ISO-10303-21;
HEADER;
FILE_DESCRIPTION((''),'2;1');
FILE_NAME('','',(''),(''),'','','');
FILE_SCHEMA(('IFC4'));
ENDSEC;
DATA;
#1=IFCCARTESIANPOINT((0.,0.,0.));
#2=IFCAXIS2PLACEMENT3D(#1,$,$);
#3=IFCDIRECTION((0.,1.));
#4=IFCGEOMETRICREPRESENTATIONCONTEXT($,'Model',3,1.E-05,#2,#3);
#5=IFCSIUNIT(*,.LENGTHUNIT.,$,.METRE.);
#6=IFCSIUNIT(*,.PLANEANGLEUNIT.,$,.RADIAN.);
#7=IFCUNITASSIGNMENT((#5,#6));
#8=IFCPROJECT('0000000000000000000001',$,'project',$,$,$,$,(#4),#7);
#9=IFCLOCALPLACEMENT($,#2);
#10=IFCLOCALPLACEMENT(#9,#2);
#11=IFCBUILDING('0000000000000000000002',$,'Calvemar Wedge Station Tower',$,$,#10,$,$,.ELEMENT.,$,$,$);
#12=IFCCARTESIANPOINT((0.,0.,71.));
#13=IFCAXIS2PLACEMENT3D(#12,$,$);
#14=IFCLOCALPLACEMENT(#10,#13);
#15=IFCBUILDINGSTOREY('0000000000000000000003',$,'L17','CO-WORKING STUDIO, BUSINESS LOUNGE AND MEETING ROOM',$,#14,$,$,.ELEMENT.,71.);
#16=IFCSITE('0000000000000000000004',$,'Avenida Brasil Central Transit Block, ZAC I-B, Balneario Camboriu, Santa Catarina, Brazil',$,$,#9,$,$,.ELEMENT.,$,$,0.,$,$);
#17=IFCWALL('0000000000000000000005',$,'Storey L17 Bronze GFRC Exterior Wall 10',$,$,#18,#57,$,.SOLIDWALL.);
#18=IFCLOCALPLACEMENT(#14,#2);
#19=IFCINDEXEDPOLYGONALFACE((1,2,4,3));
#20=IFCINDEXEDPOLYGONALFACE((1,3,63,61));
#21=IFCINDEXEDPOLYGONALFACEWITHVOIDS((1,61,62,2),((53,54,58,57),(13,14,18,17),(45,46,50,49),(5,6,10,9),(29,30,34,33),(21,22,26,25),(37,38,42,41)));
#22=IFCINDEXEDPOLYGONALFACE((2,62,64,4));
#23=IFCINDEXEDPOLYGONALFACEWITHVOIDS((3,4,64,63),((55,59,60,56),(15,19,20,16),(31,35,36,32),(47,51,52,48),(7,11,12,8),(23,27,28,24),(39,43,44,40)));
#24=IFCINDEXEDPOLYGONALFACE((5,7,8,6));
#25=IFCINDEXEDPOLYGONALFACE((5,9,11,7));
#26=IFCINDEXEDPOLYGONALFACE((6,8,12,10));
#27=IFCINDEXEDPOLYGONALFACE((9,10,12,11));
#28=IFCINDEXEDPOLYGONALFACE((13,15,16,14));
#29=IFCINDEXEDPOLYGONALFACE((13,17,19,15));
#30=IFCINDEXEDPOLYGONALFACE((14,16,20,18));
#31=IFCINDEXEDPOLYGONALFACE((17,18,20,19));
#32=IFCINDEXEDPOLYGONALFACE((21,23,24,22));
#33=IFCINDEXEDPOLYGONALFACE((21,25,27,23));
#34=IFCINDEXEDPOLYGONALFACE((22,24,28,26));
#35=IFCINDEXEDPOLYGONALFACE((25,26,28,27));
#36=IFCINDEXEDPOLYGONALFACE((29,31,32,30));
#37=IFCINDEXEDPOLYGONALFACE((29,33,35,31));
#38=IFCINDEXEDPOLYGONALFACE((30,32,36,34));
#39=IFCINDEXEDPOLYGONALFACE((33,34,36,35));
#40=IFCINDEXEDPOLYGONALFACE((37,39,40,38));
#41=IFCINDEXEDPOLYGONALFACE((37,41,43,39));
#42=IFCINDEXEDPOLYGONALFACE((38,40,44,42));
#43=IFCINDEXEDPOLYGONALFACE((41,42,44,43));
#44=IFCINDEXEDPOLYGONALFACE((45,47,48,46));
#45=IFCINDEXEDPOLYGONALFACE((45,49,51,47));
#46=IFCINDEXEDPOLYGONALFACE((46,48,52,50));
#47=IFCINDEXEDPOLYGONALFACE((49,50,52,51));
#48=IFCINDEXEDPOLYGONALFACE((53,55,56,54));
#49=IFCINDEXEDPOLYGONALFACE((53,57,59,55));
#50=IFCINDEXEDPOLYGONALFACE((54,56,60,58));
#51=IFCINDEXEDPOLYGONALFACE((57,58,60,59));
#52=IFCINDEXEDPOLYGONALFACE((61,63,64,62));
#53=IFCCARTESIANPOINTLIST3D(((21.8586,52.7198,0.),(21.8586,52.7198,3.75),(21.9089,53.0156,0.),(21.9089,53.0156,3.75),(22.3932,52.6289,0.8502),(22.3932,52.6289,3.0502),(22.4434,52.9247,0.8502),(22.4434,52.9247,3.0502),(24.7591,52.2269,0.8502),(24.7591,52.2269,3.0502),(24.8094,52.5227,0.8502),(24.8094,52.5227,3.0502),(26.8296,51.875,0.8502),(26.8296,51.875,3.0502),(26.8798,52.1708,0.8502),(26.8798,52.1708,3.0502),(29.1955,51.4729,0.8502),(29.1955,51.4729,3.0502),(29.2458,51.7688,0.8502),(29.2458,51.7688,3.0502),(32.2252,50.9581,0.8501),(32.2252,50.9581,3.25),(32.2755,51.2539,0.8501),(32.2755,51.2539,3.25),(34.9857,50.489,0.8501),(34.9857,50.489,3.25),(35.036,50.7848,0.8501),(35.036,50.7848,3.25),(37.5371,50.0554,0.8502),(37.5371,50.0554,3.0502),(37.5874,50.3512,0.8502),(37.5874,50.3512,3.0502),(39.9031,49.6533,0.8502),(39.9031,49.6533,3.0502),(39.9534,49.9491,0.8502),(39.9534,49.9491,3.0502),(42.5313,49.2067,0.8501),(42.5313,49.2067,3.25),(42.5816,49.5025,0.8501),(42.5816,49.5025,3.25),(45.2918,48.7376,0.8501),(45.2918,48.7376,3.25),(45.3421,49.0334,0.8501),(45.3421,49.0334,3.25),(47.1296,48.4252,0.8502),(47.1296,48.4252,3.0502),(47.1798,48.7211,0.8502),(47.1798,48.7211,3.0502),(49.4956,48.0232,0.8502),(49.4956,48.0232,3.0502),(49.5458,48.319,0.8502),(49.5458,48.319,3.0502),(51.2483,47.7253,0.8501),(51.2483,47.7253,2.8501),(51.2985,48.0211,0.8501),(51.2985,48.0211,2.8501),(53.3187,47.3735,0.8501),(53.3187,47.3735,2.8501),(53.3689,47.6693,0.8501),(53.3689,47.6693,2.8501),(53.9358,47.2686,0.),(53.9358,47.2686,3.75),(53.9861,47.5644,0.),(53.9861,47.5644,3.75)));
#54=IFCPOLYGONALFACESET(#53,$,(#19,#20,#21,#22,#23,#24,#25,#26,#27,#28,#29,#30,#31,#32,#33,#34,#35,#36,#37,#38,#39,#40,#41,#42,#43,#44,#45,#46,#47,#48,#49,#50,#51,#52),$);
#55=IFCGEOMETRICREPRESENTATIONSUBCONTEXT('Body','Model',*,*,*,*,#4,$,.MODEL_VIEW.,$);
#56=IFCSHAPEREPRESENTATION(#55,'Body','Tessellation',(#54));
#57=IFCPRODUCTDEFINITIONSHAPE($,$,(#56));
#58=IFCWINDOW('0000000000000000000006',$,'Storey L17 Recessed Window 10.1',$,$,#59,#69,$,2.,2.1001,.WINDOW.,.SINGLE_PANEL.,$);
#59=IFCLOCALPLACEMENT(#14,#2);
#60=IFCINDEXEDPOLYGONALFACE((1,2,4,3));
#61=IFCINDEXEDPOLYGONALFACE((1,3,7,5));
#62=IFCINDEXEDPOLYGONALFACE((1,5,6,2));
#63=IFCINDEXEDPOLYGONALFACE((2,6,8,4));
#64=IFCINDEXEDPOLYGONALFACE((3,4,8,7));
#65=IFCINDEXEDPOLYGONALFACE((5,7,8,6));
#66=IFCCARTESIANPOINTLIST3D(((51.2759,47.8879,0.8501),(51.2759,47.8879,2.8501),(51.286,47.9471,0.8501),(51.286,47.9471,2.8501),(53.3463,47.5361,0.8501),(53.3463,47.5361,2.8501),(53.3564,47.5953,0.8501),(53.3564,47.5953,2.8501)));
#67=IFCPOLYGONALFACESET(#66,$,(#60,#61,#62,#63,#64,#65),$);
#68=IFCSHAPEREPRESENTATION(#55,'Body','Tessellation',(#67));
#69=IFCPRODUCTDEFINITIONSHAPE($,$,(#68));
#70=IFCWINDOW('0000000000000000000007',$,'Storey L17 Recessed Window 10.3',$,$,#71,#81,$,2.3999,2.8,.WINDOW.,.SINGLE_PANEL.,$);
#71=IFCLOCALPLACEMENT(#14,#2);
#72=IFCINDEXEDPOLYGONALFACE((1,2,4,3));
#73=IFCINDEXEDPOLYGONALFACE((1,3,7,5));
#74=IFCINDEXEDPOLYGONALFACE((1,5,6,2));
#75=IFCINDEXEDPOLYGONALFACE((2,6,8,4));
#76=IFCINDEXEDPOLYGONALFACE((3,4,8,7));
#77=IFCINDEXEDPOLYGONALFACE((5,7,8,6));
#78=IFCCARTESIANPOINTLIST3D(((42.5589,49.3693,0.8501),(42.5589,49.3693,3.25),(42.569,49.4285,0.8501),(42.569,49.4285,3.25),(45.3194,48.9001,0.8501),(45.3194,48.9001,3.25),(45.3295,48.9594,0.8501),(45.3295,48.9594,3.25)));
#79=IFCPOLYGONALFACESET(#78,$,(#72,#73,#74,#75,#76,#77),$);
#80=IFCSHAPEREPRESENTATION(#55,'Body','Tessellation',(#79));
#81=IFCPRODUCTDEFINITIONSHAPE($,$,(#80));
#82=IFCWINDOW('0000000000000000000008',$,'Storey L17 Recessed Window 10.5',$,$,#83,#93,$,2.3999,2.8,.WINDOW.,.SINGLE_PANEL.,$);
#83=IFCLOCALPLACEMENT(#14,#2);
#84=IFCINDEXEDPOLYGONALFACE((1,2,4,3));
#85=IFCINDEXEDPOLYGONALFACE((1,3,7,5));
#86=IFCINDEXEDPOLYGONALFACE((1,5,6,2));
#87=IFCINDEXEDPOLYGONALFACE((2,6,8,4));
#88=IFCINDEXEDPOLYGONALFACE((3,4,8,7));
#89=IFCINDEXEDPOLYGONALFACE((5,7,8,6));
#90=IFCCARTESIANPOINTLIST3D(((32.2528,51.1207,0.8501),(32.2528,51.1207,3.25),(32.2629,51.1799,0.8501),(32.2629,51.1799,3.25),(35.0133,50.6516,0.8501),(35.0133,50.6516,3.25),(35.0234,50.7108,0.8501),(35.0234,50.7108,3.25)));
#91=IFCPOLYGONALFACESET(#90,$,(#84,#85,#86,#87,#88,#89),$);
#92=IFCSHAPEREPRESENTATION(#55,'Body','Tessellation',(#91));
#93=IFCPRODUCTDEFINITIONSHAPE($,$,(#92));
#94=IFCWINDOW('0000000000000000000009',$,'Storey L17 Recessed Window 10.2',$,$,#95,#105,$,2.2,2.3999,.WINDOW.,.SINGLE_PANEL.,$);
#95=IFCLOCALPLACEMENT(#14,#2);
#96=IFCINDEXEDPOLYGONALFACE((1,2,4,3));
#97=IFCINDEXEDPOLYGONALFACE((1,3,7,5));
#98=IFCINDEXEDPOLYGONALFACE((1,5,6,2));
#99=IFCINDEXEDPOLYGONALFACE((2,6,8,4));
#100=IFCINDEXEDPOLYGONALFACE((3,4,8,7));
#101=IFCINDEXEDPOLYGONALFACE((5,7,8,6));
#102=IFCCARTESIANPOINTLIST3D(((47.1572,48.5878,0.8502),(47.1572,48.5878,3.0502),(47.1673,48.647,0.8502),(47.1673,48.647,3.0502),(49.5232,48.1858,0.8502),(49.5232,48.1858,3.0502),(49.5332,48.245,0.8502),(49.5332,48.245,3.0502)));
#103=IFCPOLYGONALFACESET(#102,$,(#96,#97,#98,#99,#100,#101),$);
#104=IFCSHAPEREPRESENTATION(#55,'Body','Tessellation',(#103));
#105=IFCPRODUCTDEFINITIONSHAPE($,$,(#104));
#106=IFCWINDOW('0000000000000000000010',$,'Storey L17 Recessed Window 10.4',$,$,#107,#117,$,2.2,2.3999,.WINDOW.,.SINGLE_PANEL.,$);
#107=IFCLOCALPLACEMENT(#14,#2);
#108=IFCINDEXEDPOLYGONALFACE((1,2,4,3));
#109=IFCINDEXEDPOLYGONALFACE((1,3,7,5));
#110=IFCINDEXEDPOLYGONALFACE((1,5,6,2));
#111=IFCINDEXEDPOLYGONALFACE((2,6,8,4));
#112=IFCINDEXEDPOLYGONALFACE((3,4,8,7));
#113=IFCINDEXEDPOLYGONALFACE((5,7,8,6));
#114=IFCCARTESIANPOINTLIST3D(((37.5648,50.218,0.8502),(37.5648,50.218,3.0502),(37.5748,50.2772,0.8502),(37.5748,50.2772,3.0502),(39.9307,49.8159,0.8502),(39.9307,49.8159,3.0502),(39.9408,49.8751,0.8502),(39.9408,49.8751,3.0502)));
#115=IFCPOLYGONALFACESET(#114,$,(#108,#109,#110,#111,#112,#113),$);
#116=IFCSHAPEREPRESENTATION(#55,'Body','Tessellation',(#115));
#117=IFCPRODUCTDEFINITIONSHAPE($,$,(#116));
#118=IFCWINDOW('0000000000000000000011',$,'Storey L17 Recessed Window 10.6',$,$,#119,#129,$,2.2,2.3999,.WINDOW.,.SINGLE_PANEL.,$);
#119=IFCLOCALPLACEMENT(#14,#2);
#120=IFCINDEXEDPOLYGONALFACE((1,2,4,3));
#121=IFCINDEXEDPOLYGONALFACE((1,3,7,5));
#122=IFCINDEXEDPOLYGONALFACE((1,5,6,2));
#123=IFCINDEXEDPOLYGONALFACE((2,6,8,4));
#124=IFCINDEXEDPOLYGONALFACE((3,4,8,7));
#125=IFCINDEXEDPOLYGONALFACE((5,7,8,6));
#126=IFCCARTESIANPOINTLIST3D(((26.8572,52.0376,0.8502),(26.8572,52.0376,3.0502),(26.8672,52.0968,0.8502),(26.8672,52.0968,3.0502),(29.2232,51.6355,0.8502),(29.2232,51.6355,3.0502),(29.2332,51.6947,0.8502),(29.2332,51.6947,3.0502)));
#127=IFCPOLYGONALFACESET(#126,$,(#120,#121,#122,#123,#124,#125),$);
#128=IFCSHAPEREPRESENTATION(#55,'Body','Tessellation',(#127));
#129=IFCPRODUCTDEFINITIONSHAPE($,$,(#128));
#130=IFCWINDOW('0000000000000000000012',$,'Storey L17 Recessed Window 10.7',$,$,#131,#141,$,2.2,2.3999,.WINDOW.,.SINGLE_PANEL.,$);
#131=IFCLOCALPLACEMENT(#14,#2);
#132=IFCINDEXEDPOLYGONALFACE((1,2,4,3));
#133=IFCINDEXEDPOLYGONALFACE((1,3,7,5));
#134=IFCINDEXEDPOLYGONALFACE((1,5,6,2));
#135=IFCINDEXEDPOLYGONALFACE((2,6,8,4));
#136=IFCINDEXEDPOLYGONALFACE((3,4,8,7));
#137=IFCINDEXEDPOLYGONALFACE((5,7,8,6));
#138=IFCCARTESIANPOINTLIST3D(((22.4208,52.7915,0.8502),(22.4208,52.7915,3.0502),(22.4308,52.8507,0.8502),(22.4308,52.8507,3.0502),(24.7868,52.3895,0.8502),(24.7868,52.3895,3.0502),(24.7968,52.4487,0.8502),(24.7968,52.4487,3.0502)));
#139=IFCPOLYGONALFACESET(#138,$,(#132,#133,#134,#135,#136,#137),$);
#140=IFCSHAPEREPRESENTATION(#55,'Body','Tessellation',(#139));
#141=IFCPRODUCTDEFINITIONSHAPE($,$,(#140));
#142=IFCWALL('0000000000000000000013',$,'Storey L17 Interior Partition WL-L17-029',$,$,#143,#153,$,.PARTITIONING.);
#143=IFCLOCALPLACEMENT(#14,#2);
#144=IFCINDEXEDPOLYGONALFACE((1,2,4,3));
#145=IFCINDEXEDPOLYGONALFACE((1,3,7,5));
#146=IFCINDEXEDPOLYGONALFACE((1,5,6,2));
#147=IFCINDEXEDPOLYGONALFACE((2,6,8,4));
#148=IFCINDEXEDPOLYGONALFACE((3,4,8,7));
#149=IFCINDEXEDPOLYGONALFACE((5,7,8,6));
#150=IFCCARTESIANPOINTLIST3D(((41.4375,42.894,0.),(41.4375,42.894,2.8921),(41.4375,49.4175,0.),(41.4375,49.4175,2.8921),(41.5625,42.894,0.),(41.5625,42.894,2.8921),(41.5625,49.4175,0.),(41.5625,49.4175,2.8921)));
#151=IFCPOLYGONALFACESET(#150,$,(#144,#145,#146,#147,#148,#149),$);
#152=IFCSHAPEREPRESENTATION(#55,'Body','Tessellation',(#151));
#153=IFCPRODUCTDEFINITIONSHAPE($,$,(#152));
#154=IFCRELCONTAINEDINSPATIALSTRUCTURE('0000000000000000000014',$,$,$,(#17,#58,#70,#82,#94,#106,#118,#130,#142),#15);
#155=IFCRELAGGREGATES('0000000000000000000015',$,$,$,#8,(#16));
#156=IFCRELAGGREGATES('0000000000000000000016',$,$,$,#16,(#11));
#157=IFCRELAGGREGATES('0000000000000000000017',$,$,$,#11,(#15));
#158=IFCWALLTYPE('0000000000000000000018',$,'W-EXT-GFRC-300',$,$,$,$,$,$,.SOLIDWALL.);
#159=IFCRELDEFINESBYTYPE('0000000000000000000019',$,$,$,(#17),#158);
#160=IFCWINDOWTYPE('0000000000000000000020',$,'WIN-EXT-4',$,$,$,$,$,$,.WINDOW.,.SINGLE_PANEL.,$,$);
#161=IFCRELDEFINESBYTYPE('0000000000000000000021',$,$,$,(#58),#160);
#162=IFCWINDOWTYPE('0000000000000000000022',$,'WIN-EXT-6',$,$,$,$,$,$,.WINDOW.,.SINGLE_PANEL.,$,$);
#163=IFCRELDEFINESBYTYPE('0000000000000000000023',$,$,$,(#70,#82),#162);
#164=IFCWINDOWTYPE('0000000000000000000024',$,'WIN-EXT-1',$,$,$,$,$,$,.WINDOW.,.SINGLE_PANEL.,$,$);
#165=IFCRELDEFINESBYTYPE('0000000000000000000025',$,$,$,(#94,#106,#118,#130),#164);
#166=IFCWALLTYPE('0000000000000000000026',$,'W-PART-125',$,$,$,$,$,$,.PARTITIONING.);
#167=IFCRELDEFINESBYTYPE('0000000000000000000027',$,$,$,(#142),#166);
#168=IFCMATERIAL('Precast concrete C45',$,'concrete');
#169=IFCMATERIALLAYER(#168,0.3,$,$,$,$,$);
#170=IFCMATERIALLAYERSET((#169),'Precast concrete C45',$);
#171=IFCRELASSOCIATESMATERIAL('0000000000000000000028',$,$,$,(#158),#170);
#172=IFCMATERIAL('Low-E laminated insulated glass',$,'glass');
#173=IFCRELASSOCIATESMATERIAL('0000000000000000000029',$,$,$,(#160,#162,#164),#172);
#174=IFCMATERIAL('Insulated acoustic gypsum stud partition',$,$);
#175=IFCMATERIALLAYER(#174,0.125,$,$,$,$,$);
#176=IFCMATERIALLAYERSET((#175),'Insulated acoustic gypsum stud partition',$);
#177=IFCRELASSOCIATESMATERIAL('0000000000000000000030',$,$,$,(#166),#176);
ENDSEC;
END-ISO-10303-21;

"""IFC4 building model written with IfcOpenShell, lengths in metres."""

from ifc_helpers import new_model, si_unit, direction, frame, frame_2d, origin, place, context, subcontext, project, spatial, rectangle, extrude, source, transform, mapped, material, layer, layer_set, type_object, element, fill, save


model = new_model("IFC4")

# Units and contexts
model_context = context("Model", 3, precision=1e-05, world=origin(), true_north=direction((0.0, 1.0)))
body_context = subcontext(model_context, "Body", "Model", "MODEL_VIEW")
ifc_project = project(units=[si_unit("LENGTHUNIT", "METRE"), si_unit("PLANEANGLEUNIT", "RADIAN")], contexts=[model_context])

# Site, building, storey
site_placement = place(None, origin())
site = spatial("IfcSite", under=ifc_project, at=site_placement, Name="Avenida Brasil Central Transit Block, ZAC I-B, Balneario Camboriu, Santa Catarina, Brazil", CompositionType="ELEMENT", RefElevation=0.0)
building_placement = place(site_placement, origin())
building = spatial("IfcBuilding", under=site, at=building_placement, Name="Calvemar Wedge Station Tower", CompositionType="ELEMENT")
storey_placement = place(building_placement, frame((0.0, 0.0, 71.0)))
storey = spatial("IfcBuildingStorey", under=building, at=storey_placement, Name="L17", Description="CO-WORKING STUDIO, BUSINESS LOUNGE AND MEETING ROOM", CompositionType="ELEMENT", Elevation=71.0)

# Shared definitions
ifc_material_1 = material(Name="Precast concrete C45", Category="concrete")
ifc_layer_1 = layer(ifc_material_1, 0.3)
ifc_layer_set_1 = layer_set([ifc_layer_1], Name="Precast concrete C45")
wall_type_1 = type_object("IfcWallType", Name="W-EXT-GFRC-300", PredefinedType="SOLIDWALL", material=ifc_layer_set_1)
ifc_material_2 = material(Name="Low-E laminated insulated glass", Category="glass")

# Wall, openings, windows
wall_1_placement = place(storey_placement, frame((53.9609, 47.4165, 0.0), z_axis=(0.0, 0.0, 1.0), x_axis=(-0.985866, 0.167537, 0.0)))
wall_1 = element("IfcWall", 1, at=wall_1_placement, inside=storey, type_object=wall_type_1, Name="Storey L17 Bronze GFRC Exterior Wall 10", PredefinedType="SOLIDWALL", context=body_context, shape_type="SweptSolid", body=[
    extrude(rectangle(XDim=32.5371, YDim=0.3, at=frame_2d((16.2686, 0.0))), origin(), (0.0, 0.0, 1.0), 3.75),
])
shared_shape_1 = source(origin(), body_context, "Body", "SweptSolid", [
    extrude(rectangle(XDim=2.1001, YDim=2.0, at=frame_2d((1.05, 1.0))), frame((0.0, 0.1602, 0.0), z_axis=(0.0, -1.0, 0.0), x_axis=(1.0, 0.0, 0.0)), (0.0, 0.0, 1.0), 0.3201),
])
opening_1_placement = place(wall_1_placement, frame((0.626, 0.0, 0.8501)))
opening_1 = element("IfcOpeningElement", 2, at=opening_1_placement, cuts=wall_1, PredefinedType="OPENING", context=body_context, shape_type="MappedRepresentation", body=[
    mapped(shared_shape_1, transform((0.0, 0.0, 0.0), scale=1.0)),
])
shared_shape_2 = source(origin(), body_context, "Body", "SweptSolid", [
    extrude(rectangle(XDim=2.3999, YDim=2.2, at=frame_2d((1.2, 1.1001))), frame((0.0, 0.1602, 0.0), z_axis=(0.0, -1.0, 0.0), x_axis=(1.0, 0.0, 0.0)), (0.0, 0.0, 1.0), 0.3201),
])
opening_2_placement = place(wall_1_placement, frame((4.5039, 0.0, 0.8501)))
opening_2 = element("IfcOpeningElement", 3, at=opening_2_placement, cuts=wall_1, PredefinedType="OPENING", context=body_context, shape_type="MappedRepresentation", body=[
    mapped(shared_shape_2, transform((0.0, 0.0, 0.0), scale=1.0)),
])
shared_shape_3 = source(origin(), body_context, "Body", "SweptSolid", [
    extrude(rectangle(XDim=2.8, YDim=2.3999, at=frame_2d((1.3999, 1.2))), frame((0.0, 0.1602, 0.0), z_axis=(0.0, -1.0, 0.0), x_axis=(1.0, 0.0, 0.0)), (0.0, 0.0, 1.0), 0.3201),
])
opening_3_placement = place(wall_1_placement, frame((8.7681, 0.0, 0.8501)))
opening_3 = element("IfcOpeningElement", 4, at=opening_3_placement, cuts=wall_1, PredefinedType="OPENING", context=body_context, shape_type="MappedRepresentation", body=[
    mapped(shared_shape_3, transform((0.0, 0.0, 0.0), scale=1.0)),
])
opening_4_placement = place(wall_1_placement, frame((14.2339, 0.0, 0.8501)))
opening_4 = element("IfcOpeningElement", 5, at=opening_4_placement, cuts=wall_1, PredefinedType="OPENING", context=body_context, shape_type="MappedRepresentation", body=[
    mapped(shared_shape_2, transform((0.0, 0.0, 0.0), scale=1.0)),
])
opening_5_placement = place(wall_1_placement, frame((19.2219, 0.0, 0.8501)))
opening_5 = element("IfcOpeningElement", 6, at=opening_5_placement, cuts=wall_1, PredefinedType="OPENING", context=body_context, shape_type="MappedRepresentation", body=[
    mapped(shared_shape_3, transform((0.0, 0.0, 0.0), scale=1.0)),
])
opening_6_placement = place(wall_1_placement, frame((25.095, 0.0, 0.8501)))
opening_6 = element("IfcOpeningElement", 7, at=opening_6_placement, cuts=wall_1, PredefinedType="OPENING", context=body_context, shape_type="MappedRepresentation", body=[
    mapped(shared_shape_2, transform((0.0, 0.0, 0.0), scale=1.0)),
])
opening_7_placement = place(wall_1_placement, frame((29.595, 0.0, 0.8501)))
opening_7 = element("IfcOpeningElement", 8, at=opening_7_placement, cuts=wall_1, PredefinedType="OPENING", context=body_context, shape_type="MappedRepresentation", body=[
    mapped(shared_shape_2, transform((0.0, 0.0, 0.0), scale=1.0)),
])
window_type_1 = type_object("IfcWindowType", Name="WIN-EXT-4", PartitioningType="SINGLE_PANEL", PredefinedType="WINDOW", material=ifc_material_2)
shared_shape_4 = source(origin(), body_context, "Body", "SweptSolid", [
    extrude(rectangle(XDim=2.1001, YDim=2.0, at=frame_2d((1.05, 1.0))), frame((0.0, -0.0149, 0.0), z_axis=(0.0, -1.0, 0.0), x_axis=(1.0, 0.0, 0.0)), (0.0, 0.0, 1.0), 0.0601),
])
window_1_placement = place(opening_1_placement, origin())
window_1 = element("IfcWindow", 9, at=window_1_placement, inside=storey, type_object=window_type_1, Name="Storey L17 Recessed Window 10.1", OverallHeight=2.0, OverallWidth=2.1001, PartitioningType="SINGLE_PANEL", PredefinedType="WINDOW", context=body_context, shape_type="MappedRepresentation", body=[
    mapped(shared_shape_4, transform((0.0, 0.0, 0.0), scale=1.0)),
])
fill(opening_1, window_1)
window_type_2 = type_object("IfcWindowType", Name="WIN-EXT-6", PartitioningType="SINGLE_PANEL", PredefinedType="WINDOW", material=ifc_material_2)
shared_shape_5 = source(origin(), body_context, "Body", "SweptSolid", [
    extrude(rectangle(XDim=2.8, YDim=2.3999, at=frame_2d((1.3999, 1.2))), frame((0.0, -0.0149, 0.0), z_axis=(0.0, -1.0, 0.0), x_axis=(1.0, 0.0, 0.0)), (0.0, 0.0, 1.0), 0.0601),
])
window_2_placement = place(opening_3_placement, origin())
window_2 = element("IfcWindow", 10, at=window_2_placement, inside=storey, type_object=window_type_2, Name="Storey L17 Recessed Window 10.3", OverallHeight=2.3999, OverallWidth=2.8, PartitioningType="SINGLE_PANEL", PredefinedType="WINDOW", context=body_context, shape_type="MappedRepresentation", body=[
    mapped(shared_shape_5, transform((0.0, 0.0, 0.0), scale=1.0)),
])
fill(opening_3, window_2)
window_3_placement = place(opening_5_placement, origin())
window_3 = element("IfcWindow", 11, at=window_3_placement, inside=storey, type_object=window_type_2, Name="Storey L17 Recessed Window 10.5", OverallHeight=2.3999, OverallWidth=2.8, PartitioningType="SINGLE_PANEL", PredefinedType="WINDOW", context=body_context, shape_type="MappedRepresentation", body=[
    mapped(shared_shape_5, transform((0.0, 0.0, 0.0), scale=1.0)),
])
fill(opening_5, window_3)
window_type_3 = type_object("IfcWindowType", Name="WIN-EXT-1", PartitioningType="SINGLE_PANEL", PredefinedType="WINDOW", material=ifc_material_2)
shared_shape_6 = source(origin(), body_context, "Body", "SweptSolid", [
    extrude(rectangle(XDim=2.3999, YDim=2.2, at=frame_2d((1.2, 1.1001))), frame((0.0, -0.0149, 0.0), z_axis=(0.0, -1.0, 0.0), x_axis=(1.0, 0.0, 0.0)), (0.0, 0.0, 1.0), 0.0601),
])
window_4_placement = place(opening_2_placement, origin())
window_4 = element("IfcWindow", 12, at=window_4_placement, inside=storey, type_object=window_type_3, Name="Storey L17 Recessed Window 10.2", OverallHeight=2.2, OverallWidth=2.3999, PartitioningType="SINGLE_PANEL", PredefinedType="WINDOW", context=body_context, shape_type="MappedRepresentation", body=[
    mapped(shared_shape_6, transform((0.0, 0.0, 0.0), scale=1.0)),
])
fill(opening_2, window_4)
window_5_placement = place(opening_4_placement, origin())
window_5 = element("IfcWindow", 13, at=window_5_placement, inside=storey, type_object=window_type_3, Name="Storey L17 Recessed Window 10.4", OverallHeight=2.2, OverallWidth=2.3999, PartitioningType="SINGLE_PANEL", PredefinedType="WINDOW", context=body_context, shape_type="MappedRepresentation", body=[
    mapped(shared_shape_6, transform((0.0, 0.0, 0.0), scale=1.0)),
])
fill(opening_4, window_5)
window_6_placement = place(opening_6_placement, origin())
window_6 = element("IfcWindow", 14, at=window_6_placement, inside=storey, type_object=window_type_3, Name="Storey L17 Recessed Window 10.6", OverallHeight=2.2, OverallWidth=2.3999, PartitioningType="SINGLE_PANEL", PredefinedType="WINDOW", context=body_context, shape_type="MappedRepresentation", body=[
    mapped(shared_shape_6, transform((0.0, 0.0, 0.0), scale=1.0)),
])
fill(opening_6, window_6)
window_7_placement = place(opening_7_placement, origin())
window_7 = element("IfcWindow", 15, at=window_7_placement, inside=storey, type_object=window_type_3, Name="Storey L17 Recessed Window 10.7", OverallHeight=2.2, OverallWidth=2.3999, PartitioningType="SINGLE_PANEL", PredefinedType="WINDOW", context=body_context, shape_type="MappedRepresentation", body=[
    mapped(shared_shape_6, transform((0.0, 0.0, 0.0), scale=1.0)),
])
fill(opening_7, window_7)

# Wall
ifc_material_3 = material(Name="Insulated acoustic gypsum stud partition")
ifc_layer_2 = layer(ifc_material_3, 0.125)
ifc_layer_set_2 = layer_set([ifc_layer_2], Name="Insulated acoustic gypsum stud partition")
wall_type_2 = type_object("IfcWallType", Name="W-PART-125", PredefinedType="PARTITIONING", material=ifc_layer_set_2)
wall_2_placement = place(storey_placement, frame((41.5, 49.4175, 0.0), z_axis=(0.0, 0.0, 1.0), x_axis=(0.0, -1.0, 0.0)))
element("IfcWall", 16, at=wall_2_placement, inside=storey, type_object=wall_type_2, Name="Storey L17 Interior Partition WL-L17-029", PredefinedType="PARTITIONING", context=body_context, shape_type="SweptSolid", body=[
    extrude(rectangle(XDim=6.5234, YDim=0.125, at=frame_2d((3.2617, 0.0))), origin(), (0.0, 0.0, 1.0), 2.8921),
])

save(model, "model.ifc")
